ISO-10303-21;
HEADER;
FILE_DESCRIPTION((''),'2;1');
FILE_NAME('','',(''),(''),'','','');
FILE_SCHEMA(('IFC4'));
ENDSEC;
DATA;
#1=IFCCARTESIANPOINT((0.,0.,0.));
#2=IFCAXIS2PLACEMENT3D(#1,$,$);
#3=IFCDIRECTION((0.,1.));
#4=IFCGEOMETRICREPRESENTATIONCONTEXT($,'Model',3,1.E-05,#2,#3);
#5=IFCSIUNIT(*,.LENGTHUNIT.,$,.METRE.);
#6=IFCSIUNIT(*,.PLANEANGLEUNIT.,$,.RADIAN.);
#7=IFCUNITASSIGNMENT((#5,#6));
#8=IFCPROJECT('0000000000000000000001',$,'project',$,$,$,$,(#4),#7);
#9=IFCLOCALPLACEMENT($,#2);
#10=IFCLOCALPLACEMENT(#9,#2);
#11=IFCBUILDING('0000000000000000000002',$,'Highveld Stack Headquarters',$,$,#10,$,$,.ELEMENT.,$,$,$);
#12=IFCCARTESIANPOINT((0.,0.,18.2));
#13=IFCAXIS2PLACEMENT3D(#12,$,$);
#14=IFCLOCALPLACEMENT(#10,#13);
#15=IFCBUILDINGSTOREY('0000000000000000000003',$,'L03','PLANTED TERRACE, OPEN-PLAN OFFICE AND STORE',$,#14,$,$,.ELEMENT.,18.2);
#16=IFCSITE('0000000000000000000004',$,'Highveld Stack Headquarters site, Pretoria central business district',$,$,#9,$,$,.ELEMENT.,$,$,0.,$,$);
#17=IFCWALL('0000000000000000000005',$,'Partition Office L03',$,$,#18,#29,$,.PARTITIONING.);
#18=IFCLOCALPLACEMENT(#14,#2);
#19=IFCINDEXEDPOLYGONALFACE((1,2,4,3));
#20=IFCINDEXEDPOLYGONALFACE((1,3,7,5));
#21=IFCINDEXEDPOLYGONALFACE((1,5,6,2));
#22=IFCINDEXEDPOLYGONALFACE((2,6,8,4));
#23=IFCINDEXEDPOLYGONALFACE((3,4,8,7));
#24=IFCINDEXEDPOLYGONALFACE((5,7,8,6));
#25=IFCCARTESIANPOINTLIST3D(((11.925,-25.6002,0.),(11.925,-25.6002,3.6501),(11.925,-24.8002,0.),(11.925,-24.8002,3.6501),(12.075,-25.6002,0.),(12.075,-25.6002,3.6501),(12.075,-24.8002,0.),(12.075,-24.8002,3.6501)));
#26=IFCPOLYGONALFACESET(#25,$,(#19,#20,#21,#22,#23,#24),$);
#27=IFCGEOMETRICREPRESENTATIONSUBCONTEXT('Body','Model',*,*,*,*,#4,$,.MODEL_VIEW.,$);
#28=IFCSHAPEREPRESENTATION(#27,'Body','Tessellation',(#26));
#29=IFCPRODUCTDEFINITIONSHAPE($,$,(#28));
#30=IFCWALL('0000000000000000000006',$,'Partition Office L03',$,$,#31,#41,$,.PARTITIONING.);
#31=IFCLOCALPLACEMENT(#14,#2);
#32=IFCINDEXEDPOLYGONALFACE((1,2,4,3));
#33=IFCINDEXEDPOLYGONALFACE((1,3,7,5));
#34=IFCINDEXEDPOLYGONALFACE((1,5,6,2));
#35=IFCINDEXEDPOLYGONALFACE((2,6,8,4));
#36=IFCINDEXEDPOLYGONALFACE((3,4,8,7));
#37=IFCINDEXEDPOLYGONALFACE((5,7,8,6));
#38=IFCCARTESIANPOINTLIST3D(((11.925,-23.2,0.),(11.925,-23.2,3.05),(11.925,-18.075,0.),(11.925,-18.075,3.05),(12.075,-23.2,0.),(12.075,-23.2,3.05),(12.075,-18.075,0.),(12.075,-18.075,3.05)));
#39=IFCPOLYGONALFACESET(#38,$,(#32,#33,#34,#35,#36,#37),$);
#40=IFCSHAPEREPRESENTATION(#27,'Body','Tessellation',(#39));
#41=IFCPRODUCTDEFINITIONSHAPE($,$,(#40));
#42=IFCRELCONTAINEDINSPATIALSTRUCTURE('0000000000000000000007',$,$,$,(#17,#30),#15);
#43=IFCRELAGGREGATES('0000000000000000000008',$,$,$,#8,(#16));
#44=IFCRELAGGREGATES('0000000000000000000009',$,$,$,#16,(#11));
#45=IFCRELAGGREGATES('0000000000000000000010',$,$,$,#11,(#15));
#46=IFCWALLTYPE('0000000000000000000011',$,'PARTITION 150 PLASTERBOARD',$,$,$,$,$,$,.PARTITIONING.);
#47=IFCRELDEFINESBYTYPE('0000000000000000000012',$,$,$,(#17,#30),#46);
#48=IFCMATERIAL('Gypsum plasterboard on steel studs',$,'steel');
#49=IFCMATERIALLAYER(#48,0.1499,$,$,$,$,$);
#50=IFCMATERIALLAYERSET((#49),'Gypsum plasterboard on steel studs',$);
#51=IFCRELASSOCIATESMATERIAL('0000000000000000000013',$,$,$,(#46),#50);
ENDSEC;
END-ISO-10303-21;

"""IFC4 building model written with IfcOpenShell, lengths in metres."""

from ifc_helpers import new_model, si_unit, direction, frame, frame_2d, origin, place, context, subcontext, project, spatial, rectangle, extrude, material, layer, layer_set, type_object, element, save


model = new_model("IFC4")

# Units and contexts
model_context = context("Model", 3, precision=1e-05, world=origin(), true_north=direction((0.0, 1.0)))
body_context = subcontext(model_context, "Body", "Model", "MODEL_VIEW")
ifc_project = project(units=[si_unit("LENGTHUNIT", "METRE"), si_unit("PLANEANGLEUNIT", "RADIAN")], contexts=[model_context])

# Site, building, storey
site_placement = place(None, origin())
site = spatial("IfcSite", under=ifc_project, at=site_placement, Name="Highveld Stack Headquarters site, Pretoria central business district", CompositionType="ELEMENT", RefElevation=0.0)
building_placement = place(site_placement, origin())
building = spatial("IfcBuilding", under=site, at=building_placement, Name="Highveld Stack Headquarters", CompositionType="ELEMENT")
storey_placement = place(building_placement, frame((0.0, 0.0, 18.2)))
storey = spatial("IfcBuildingStorey", under=building, at=storey_placement, Name="L03", Description="PLANTED TERRACE, OPEN-PLAN OFFICE AND STORE", CompositionType="ELEMENT", Elevation=18.2)

# Shared definitions
ifc_material_1 = material(Name="Gypsum plasterboard on steel studs", Category="steel")
ifc_layer_1 = layer(ifc_material_1, 0.1499)
ifc_layer_set_1 = layer_set([ifc_layer_1], Name="Gypsum plasterboard on steel studs")
wall_type = type_object("IfcWallType", Name="PARTITION 150 PLASTERBOARD", PredefinedType="PARTITIONING", material=ifc_layer_set_1)

# Walls
wall_1_placement = place(storey_placement, frame((12.0, -25.6001, 0.0), z_axis=(0.0, 0.0, 1.0), x_axis=(0.0, 1.0, 0.0)))
element("IfcWall", 1, at=wall_1_placement, inside=storey, type_object=wall_type, Name="Partition Office L03", PredefinedType="PARTITIONING", context=body_context, shape_type="SweptSolid", body=[
    extrude(rectangle(XDim=0.8, YDim=0.1499, at=frame_2d((0.3999, 0.0))), origin(), (0.0, 0.0, 1.0), 3.6501),
])
wall_2_placement = place(storey_placement, frame((12.0, -23.2, 0.0), z_axis=(0.0, 0.0, 1.0), x_axis=(0.0, 1.0, 0.0)))
element("IfcWall", 2, at=wall_2_placement, inside=storey, type_object=wall_type, Name="Partition Office L03", PredefinedType="PARTITIONING", context=body_context, shape_type="SweptSolid", body=[
    extrude(rectangle(XDim=5.125, YDim=0.1499, at=frame_2d((2.5625, 0.0))), origin(), (0.0, 0.0, 1.0), 3.05),
])

save(model, "model.ifc")
